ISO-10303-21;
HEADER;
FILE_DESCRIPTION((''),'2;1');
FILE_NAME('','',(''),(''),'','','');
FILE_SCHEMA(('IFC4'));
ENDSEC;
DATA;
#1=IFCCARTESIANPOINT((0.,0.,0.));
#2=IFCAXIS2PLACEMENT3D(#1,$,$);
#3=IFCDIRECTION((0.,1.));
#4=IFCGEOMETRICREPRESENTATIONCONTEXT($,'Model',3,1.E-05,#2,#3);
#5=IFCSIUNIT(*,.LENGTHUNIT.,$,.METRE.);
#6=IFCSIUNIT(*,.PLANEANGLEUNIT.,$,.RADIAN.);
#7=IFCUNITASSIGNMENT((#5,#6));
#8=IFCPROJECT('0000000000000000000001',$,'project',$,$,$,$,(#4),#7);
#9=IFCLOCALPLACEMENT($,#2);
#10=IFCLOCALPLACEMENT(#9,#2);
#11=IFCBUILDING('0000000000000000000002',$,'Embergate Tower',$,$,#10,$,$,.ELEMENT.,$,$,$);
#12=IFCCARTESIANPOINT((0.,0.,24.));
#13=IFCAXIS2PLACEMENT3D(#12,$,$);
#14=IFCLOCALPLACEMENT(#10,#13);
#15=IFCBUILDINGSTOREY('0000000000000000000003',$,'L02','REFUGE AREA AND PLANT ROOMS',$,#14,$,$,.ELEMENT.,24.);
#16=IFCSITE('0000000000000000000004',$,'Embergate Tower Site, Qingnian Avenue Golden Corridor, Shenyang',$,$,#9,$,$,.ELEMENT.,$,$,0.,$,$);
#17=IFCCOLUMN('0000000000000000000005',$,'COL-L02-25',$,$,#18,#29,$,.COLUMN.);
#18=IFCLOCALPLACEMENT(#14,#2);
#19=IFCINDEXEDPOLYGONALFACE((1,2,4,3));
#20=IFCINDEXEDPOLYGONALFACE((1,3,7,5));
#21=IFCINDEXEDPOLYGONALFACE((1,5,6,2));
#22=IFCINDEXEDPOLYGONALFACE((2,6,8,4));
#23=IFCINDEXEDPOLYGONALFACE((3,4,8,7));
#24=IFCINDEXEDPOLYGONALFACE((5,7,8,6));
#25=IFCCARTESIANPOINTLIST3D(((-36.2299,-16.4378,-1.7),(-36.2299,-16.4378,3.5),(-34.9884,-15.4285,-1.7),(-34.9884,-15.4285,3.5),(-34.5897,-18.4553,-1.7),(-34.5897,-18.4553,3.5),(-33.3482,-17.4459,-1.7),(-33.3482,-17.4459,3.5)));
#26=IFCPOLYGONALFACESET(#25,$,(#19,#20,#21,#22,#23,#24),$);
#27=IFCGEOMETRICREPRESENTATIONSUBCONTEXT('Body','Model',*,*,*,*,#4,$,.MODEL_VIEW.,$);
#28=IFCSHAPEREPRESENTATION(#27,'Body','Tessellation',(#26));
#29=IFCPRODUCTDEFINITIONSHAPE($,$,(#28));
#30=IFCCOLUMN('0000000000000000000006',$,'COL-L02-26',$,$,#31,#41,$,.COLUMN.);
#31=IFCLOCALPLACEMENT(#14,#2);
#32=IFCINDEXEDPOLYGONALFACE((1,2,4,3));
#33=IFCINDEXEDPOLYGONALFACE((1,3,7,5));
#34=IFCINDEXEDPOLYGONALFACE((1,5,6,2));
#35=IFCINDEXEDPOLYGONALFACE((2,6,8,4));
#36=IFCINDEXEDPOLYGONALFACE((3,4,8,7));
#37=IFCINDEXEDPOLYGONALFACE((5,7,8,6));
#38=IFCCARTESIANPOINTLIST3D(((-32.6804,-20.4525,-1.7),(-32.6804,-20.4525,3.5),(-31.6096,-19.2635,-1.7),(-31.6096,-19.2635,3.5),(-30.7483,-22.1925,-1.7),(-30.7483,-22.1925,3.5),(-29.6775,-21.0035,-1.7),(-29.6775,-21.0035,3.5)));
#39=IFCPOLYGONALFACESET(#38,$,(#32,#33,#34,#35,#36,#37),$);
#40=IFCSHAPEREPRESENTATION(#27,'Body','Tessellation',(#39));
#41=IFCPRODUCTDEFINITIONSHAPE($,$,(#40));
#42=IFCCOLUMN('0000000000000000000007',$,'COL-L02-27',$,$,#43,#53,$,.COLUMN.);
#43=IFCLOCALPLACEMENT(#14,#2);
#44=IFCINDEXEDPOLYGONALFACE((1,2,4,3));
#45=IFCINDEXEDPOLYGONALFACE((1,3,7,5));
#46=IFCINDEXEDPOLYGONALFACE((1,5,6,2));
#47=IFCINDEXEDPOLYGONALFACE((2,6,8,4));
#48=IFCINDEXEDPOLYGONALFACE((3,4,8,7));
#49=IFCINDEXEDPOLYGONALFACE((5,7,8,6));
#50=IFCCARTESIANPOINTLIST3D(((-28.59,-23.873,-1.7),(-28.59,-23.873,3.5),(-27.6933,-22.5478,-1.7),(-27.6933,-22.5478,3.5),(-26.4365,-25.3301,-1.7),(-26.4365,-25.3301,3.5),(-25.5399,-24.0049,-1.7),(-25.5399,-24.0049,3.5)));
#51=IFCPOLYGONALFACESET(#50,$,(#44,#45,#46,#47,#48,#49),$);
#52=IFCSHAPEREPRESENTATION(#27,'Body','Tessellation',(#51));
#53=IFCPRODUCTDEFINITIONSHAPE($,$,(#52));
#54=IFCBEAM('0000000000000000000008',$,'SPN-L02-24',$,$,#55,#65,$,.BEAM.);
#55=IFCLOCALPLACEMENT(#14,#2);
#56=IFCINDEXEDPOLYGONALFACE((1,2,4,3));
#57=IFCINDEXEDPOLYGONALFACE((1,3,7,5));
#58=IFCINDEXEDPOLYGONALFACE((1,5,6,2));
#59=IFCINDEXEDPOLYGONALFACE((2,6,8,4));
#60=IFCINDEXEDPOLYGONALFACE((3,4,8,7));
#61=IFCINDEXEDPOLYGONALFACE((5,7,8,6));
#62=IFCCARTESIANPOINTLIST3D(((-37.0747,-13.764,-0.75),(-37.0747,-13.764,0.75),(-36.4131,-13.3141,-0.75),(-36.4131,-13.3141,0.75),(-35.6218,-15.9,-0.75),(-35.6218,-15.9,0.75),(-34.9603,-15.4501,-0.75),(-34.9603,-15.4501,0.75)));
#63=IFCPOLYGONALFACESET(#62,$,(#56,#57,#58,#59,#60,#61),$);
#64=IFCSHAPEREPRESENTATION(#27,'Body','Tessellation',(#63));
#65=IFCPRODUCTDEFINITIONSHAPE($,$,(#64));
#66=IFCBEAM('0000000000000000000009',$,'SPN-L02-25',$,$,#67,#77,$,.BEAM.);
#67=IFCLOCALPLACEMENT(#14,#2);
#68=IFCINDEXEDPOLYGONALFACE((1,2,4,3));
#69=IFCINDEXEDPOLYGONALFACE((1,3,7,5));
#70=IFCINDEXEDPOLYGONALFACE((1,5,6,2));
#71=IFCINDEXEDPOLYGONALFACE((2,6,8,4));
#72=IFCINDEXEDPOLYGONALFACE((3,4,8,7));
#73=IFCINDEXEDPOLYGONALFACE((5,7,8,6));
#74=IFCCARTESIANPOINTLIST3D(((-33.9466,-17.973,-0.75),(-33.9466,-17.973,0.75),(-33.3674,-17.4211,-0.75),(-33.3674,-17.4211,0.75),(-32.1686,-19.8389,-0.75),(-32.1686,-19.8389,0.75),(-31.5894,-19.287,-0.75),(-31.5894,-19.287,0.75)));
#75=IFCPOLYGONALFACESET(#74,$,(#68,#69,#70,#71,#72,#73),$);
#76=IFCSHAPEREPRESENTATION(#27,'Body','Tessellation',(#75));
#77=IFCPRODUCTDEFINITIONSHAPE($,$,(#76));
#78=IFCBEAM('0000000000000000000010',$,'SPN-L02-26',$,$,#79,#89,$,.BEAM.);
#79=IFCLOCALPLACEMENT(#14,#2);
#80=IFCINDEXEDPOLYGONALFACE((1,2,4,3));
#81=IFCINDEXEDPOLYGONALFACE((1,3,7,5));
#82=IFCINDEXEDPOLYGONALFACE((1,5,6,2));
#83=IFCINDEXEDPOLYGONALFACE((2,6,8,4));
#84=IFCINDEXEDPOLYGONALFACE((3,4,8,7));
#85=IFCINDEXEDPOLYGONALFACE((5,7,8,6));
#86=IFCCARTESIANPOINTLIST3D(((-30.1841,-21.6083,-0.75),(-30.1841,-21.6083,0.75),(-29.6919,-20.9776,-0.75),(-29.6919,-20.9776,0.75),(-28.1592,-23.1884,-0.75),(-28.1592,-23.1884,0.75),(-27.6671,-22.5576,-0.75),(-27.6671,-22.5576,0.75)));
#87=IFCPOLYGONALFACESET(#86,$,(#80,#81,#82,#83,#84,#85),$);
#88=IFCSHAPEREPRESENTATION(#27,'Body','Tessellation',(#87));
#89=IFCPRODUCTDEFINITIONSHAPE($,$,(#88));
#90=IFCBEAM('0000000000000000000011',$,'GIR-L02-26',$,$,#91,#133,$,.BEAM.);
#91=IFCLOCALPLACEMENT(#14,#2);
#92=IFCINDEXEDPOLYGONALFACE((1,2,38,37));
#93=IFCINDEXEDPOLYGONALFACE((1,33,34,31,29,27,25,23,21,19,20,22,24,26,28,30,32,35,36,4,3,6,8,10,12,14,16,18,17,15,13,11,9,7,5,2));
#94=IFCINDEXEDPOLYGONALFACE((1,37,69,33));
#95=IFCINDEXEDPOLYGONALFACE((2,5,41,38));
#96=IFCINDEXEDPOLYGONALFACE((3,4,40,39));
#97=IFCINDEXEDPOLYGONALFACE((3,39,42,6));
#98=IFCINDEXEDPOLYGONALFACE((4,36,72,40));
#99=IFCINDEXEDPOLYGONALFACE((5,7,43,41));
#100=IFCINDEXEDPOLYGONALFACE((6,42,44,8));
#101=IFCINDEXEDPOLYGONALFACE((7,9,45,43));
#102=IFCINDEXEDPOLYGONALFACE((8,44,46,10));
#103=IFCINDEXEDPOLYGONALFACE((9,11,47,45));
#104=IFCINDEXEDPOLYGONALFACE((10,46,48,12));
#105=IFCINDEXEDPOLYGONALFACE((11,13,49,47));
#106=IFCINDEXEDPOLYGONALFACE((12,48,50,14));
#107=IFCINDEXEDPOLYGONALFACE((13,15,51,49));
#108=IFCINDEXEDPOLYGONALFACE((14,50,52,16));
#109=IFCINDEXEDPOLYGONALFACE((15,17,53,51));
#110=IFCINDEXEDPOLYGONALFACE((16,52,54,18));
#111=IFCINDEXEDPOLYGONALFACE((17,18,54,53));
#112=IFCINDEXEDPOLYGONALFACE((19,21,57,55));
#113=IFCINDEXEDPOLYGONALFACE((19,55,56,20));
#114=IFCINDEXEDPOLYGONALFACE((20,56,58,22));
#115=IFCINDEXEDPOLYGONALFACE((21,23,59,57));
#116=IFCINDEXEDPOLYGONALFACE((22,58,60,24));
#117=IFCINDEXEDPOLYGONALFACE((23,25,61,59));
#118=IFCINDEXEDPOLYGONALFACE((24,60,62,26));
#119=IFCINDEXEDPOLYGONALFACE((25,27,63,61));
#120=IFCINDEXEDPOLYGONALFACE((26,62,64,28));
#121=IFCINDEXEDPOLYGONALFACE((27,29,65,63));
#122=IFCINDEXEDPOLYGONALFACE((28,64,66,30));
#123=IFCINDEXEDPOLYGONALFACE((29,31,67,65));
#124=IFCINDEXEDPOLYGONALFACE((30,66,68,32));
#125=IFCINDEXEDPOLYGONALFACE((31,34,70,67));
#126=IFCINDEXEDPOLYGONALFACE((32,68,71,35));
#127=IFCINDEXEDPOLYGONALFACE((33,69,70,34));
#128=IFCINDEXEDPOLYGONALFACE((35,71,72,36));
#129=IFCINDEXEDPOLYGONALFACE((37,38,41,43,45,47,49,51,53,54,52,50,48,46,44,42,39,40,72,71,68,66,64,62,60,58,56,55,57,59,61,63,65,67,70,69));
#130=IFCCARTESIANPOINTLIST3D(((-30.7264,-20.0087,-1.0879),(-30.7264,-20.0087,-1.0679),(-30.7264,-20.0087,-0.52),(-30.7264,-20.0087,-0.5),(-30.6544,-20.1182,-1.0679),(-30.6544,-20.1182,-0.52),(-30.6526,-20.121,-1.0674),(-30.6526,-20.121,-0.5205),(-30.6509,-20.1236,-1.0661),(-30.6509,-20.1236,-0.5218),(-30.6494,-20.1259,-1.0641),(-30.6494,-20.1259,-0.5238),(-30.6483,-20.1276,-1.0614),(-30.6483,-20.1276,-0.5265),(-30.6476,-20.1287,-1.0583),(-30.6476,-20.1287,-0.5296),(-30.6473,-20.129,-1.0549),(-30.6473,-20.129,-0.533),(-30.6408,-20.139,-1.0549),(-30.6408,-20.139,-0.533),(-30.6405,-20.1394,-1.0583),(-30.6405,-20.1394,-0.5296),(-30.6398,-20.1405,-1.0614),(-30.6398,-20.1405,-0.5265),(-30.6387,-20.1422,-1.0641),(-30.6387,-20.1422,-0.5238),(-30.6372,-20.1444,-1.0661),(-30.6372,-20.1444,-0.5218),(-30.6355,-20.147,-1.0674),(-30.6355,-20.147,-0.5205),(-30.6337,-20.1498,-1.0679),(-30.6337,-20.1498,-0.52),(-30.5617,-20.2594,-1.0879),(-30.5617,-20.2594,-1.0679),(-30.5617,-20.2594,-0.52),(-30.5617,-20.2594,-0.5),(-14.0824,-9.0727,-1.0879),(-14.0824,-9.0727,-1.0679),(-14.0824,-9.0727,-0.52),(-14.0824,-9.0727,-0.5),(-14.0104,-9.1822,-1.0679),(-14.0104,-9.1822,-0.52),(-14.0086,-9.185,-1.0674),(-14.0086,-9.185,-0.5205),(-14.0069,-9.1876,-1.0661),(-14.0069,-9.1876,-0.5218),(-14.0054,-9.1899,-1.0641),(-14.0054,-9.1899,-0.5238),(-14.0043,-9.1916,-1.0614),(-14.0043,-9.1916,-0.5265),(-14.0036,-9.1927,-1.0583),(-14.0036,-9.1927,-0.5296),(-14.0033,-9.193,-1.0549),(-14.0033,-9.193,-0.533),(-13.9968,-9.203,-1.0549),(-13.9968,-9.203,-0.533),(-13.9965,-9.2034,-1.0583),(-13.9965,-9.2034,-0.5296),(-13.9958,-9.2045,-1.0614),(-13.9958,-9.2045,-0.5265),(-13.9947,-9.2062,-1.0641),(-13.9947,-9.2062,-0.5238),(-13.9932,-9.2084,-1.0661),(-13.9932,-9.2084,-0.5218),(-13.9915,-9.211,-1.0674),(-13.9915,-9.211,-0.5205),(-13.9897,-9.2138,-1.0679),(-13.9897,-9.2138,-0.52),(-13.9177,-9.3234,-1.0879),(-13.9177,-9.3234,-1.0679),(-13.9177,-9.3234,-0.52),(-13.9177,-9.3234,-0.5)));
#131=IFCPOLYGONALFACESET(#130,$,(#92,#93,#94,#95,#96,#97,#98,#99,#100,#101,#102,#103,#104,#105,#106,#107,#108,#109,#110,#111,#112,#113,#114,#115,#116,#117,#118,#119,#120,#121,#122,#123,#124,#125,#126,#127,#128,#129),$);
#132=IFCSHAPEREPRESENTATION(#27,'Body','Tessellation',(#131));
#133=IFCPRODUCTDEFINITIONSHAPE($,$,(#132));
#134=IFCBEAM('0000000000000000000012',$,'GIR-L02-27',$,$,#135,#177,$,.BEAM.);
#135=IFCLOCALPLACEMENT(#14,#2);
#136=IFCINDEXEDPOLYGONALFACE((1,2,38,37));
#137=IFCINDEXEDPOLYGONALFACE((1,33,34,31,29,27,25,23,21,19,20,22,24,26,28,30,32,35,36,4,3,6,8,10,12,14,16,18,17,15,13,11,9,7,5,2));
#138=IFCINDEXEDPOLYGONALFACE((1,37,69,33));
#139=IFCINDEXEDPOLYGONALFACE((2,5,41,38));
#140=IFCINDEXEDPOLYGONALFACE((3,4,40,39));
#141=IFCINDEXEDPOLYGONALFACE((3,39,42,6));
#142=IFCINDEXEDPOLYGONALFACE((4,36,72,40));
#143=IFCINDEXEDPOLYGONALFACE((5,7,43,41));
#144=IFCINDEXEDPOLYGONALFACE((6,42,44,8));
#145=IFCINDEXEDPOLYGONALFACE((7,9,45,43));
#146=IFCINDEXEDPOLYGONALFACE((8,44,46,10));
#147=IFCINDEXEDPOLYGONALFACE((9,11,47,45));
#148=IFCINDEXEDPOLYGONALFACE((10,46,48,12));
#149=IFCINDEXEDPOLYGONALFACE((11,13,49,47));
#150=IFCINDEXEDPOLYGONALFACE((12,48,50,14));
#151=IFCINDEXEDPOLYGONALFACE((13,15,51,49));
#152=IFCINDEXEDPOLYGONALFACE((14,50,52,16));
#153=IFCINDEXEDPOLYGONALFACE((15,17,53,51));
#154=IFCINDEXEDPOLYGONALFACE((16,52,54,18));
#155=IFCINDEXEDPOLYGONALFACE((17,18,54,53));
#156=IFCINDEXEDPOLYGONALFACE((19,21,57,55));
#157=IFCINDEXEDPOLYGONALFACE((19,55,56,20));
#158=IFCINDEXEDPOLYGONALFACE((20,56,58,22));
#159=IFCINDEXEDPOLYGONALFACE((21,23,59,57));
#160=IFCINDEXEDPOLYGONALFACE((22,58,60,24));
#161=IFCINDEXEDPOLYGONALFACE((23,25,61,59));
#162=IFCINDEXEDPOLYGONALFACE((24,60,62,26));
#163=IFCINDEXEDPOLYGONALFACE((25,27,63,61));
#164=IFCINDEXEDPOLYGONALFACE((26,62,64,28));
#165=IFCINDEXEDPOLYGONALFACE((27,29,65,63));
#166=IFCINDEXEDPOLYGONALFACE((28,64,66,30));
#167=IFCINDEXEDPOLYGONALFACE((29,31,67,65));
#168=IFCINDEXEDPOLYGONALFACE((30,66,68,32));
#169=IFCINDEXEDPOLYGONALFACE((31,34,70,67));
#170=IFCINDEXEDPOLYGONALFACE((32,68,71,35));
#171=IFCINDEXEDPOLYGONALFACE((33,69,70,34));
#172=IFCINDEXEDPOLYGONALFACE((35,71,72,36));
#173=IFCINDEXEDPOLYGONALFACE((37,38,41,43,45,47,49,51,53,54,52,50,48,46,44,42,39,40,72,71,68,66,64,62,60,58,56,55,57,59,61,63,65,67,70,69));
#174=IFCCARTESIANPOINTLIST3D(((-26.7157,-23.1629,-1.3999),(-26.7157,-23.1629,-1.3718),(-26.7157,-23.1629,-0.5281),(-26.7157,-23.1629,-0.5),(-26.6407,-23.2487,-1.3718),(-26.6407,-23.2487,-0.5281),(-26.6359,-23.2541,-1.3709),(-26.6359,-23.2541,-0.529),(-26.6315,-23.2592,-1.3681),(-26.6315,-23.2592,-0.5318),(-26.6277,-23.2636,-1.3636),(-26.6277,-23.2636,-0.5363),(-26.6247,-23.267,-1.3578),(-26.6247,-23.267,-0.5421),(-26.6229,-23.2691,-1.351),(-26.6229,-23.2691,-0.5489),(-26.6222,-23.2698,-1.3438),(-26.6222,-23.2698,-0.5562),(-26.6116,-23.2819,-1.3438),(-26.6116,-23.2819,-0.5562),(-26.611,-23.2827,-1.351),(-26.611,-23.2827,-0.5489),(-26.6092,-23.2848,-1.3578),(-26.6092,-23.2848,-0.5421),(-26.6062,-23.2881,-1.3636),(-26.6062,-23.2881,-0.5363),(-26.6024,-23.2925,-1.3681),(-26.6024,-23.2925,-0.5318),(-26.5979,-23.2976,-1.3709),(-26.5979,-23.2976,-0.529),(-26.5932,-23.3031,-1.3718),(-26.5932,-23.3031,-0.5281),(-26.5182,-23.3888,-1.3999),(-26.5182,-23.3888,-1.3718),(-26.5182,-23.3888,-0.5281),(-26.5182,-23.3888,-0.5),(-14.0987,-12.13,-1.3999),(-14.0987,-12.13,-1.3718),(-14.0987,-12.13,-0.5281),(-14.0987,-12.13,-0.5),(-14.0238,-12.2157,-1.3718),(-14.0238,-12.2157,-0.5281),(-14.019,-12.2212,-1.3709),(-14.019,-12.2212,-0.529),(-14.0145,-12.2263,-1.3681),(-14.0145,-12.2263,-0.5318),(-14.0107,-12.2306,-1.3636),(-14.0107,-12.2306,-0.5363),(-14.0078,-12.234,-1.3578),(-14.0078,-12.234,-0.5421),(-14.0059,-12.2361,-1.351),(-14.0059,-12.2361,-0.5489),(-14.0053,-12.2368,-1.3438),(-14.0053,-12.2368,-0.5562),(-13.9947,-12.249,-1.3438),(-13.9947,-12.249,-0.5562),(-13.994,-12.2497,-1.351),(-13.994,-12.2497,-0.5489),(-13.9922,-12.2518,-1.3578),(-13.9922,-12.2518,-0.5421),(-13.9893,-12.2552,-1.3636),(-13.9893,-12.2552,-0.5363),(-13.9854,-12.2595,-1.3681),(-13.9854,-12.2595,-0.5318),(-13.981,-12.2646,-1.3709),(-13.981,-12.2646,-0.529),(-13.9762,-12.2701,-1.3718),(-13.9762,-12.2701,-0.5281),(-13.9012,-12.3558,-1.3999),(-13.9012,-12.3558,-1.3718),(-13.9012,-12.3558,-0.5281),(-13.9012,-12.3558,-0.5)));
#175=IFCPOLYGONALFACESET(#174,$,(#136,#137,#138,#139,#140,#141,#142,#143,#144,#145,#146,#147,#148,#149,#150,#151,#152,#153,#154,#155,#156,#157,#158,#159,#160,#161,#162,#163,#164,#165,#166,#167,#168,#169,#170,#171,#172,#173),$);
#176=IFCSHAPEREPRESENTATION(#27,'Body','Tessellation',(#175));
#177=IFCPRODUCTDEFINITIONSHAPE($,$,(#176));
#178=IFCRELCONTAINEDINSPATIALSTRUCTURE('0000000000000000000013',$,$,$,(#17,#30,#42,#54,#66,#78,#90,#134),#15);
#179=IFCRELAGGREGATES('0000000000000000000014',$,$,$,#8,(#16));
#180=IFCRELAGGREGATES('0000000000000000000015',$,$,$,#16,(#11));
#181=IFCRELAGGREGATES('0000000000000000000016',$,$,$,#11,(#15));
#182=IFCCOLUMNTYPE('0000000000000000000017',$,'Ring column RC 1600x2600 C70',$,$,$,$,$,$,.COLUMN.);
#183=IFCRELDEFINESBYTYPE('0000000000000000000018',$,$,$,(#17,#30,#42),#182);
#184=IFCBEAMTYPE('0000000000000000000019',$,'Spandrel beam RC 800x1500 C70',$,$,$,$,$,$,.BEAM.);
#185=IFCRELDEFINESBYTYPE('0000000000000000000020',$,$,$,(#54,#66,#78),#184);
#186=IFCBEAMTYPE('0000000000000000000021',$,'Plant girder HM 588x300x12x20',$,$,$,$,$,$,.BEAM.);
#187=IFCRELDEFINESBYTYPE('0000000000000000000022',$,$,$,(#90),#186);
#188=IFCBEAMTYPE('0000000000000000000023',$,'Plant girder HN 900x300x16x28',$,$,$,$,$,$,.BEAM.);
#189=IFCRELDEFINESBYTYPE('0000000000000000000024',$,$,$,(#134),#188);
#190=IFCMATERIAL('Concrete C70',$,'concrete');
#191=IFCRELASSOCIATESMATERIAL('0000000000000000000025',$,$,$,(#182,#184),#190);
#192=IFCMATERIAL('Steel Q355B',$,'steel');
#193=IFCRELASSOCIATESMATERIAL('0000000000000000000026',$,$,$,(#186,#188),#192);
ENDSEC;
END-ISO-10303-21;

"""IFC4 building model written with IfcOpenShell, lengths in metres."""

from ifc_helpers import new_model, si_unit, direction, frame, origin, origin_2d, place, context, subcontext, project, spatial, rectangle, i_section, extrude, source, transform, mapped, material, material_profile, profile_set, type_object, element, save


model = new_model("IFC4")

# Units and contexts
model_context = context("Model", 3, precision=1e-05, world=origin(), true_north=direction((0.0, 1.0)))
body_context = subcontext(model_context, "Body", "Model", "MODEL_VIEW")
ifc_project = project(units=[si_unit("LENGTHUNIT", "METRE"), si_unit("PLANEANGLEUNIT", "RADIAN")], contexts=[model_context])

# Site, building, storey
site_placement = place(None, origin())
site = spatial("IfcSite", under=ifc_project, at=site_placement, Name="Embergate Tower Site, Qingnian Avenue Golden Corridor, Shenyang", CompositionType="ELEMENT", RefElevation=0.0)
building_placement = place(site_placement, origin())
building = spatial("IfcBuilding", under=site, at=building_placement, Name="Embergate Tower", CompositionType="ELEMENT")
storey_placement = place(building_placement, frame((0.0, 0.0, 24.0)))
storey = spatial("IfcBuildingStorey", under=building, at=storey_placement, Name="L02", Description="REFUGE AREA AND PLANT ROOMS", CompositionType="ELEMENT", Elevation=24.0)

# Columns
ifc_material_1 = material(Name="Concrete C70", Category="concrete")
ifc_material_profile_1 = material_profile(ifc_material_1, rectangle(XDim=1.6001, YDim=2.6001, at=origin_2d()), Name="RC 1600x2600")
ifc_profile_set_1 = profile_set([ifc_material_profile_1], Name="Concrete C70")
column_type = type_object("IfcColumnType", Name="Ring column RC 1600x2600 C70", PredefinedType="COLUMN", material=ifc_profile_set_1)
shared_shape_1 = source(origin(), body_context, "Body", "SweptSolid", [
    extrude(rectangle(XDim=1.6001, YDim=2.6001, at=origin_2d()), origin(), (0.0, 0.0, 1.0), 5.2),
])
for number, where, z_axis, x_axis, name in (
    (1, (-34.7891, -16.9419, -1.7), (0.0, 0.0, 1.0), (-0.775925, -0.630825, 0.0), "COL-L02-25"),
    (2, (-31.179, -20.728, -1.7), (0.0, 0.0, 1.0), (-0.669208, -0.743075, 0.0), "COL-L02-26"),
    (3, (-27.0649, -23.939, -1.7), (0.0, 0.0, 1.0), (-0.560393, -0.828227, 0.0), "COL-L02-27"),
):
    element("IfcColumn", number, at=place(storey_placement, frame(where, z_axis=z_axis, x_axis=x_axis)), inside=storey, type_object=column_type, Name=name, PredefinedType="COLUMN", context=body_context, shape_type="MappedRepresentation", body=[
        mapped(shared_shape_1, transform((0.0, 0.0, 0.0))),
    ])

# Beams
ifc_material_profile_2 = material_profile(ifc_material_1, rectangle(XDim=0.8, YDim=1.5, at=origin_2d()), Name="RC 800x1500")
ifc_profile_set_2 = profile_set([ifc_material_profile_2], Name="Concrete C70")
beam_type_1 = type_object("IfcBeamType", Name="Spandrel beam RC 800x1500 C70", PredefinedType="BEAM", material=ifc_profile_set_2)
shared_shape_2 = source(origin(), body_context, "Body", "SweptSolid", [
    extrude(rectangle(XDim=0.8, YDim=1.5, at=origin_2d()), origin(), (0.0, 0.0, 1.0), 2.5833),
])
beam_1_placement = place(storey_placement, frame((-36.7439, -13.5391, 0.0), z_axis=(0.562419, -0.826853, 0.0), x_axis=(0.826853, 0.562419, 0.0)))
element("IfcBeam", 4, at=beam_1_placement, inside=storey, type_object=beam_type_1, Name="SPN-L02-24", PredefinedType="BEAM", context=body_context, shape_type="MappedRepresentation", body=[
    mapped(shared_shape_2, transform((0.0, 0.0, 0.0))),
])
shared_shape_3 = source(origin(), body_context, "Body", "SweptSolid", [
    extrude(rectangle(XDim=0.8, YDim=1.5, at=origin_2d()), origin(), (0.0, 0.0, 1.0), 2.5774),
])
beam_2_placement = place(storey_placement, frame((-33.657, -17.697, 0.0), z_axis=(0.689851, -0.723951, 0.0), x_axis=(0.723951, 0.689851, 0.0)))
element("IfcBeam", 5, at=beam_2_placement, inside=storey, type_object=beam_type_1, Name="SPN-L02-25", PredefinedType="BEAM", context=body_context, shape_type="MappedRepresentation", body=[
    mapped(shared_shape_3, transform((0.0, 0.0, 0.0))),
])
shared_shape_4 = source(origin(), body_context, "Body", "SweptSolid", [
    extrude(rectangle(XDim=0.8, YDim=1.5, at=origin_2d()), origin(), (0.0, 0.0, 1.0), 2.5684),
])
beam_3_placement = place(storey_placement, frame((-29.938, -21.293, 0.0), z_axis=(0.788379, -0.61519, 0.0), x_axis=(0.61519, 0.788379, 0.0)))
element("IfcBeam", 6, at=beam_3_placement, inside=storey, type_object=beam_type_1, Name="SPN-L02-26", PredefinedType="BEAM", context=body_context, shape_type="MappedRepresentation", body=[
    mapped(shared_shape_4, transform((0.0, 0.0, 0.0))),
])
ifc_material_2 = material(Name="Steel Q355B", Category="steel")
ifc_material_profile_3 = material_profile(ifc_material_2, i_section(OverallWidth=0.3, OverallDepth=0.5879, WebThickness=0.012, FlangeThickness=0.02, FilletRadius=0.0129, at=origin_2d()), Name="HM 588x300x12x20")
ifc_profile_set_3 = profile_set([ifc_material_profile_3], Name="Steel Q355 grade B")
beam_type_2 = type_object("IfcBeamType", Name="Plant girder HM 588x300x12x20", PredefinedType="BEAM", material=ifc_profile_set_3)
shared_shape_5 = source(origin(), body_context, "Body", "SweptSolid", [
    extrude(i_section(OverallWidth=0.3, OverallDepth=0.5879, WebThickness=0.012, FlangeThickness=0.02, FilletRadius=0.0129, at=origin_2d()), origin(), (0.0, 0.0, 1.0), 19.9153),
])
beam_4_placement = place(storey_placement, frame((-30.644, -20.134, -0.7939), z_axis=(0.83574, 0.549126, 0.0), x_axis=(-0.549126, 0.83574, 0.0)))
element("IfcBeam", 7, at=beam_4_placement, inside=storey, type_object=beam_type_2, Name="GIR-L02-26", PredefinedType="BEAM", context=body_context, shape_type="MappedRepresentation", body=[
    mapped(shared_shape_5, transform((0.0, 0.0, 0.0))),
])
ifc_material_profile_4 = material_profile(ifc_material_2, i_section(OverallWidth=0.3, OverallDepth=0.8999, WebThickness=0.0161, FlangeThickness=0.0281, FilletRadius=0.0281, at=origin_2d()), Name="HN 900x300x16x28")
ifc_profile_set_4 = profile_set([ifc_material_profile_4], Name="Steel Q355 grade B")
beam_type_3 = type_object("IfcBeamType", Name="Plant girder HN 900x300x16x28", PredefinedType="BEAM", material=ifc_profile_set_4)
shared_shape_6 = source(origin(), body_context, "Body", "SweptSolid", [
    extrude(i_section(OverallWidth=0.3, OverallDepth=0.8999, WebThickness=0.0161, FlangeThickness=0.0281, FilletRadius=0.0281, at=origin_2d()), origin(), (0.0, 0.0, 1.0), 16.7605),
])
beam_5_placement = place(storey_placement, frame((-26.6169, -23.2759, -0.95), z_axis=(0.75278, 0.658273, 0.0), x_axis=(-0.658273, 0.75278, 0.0)))
element("IfcBeam", 8, at=beam_5_placement, inside=storey, type_object=beam_type_3, Name="GIR-L02-27", PredefinedType="BEAM", context=body_context, shape_type="MappedRepresentation", body=[
    mapped(shared_shape_6, transform((0.0, 0.0, 0.0))),
])

save(model, "model.ifc")
